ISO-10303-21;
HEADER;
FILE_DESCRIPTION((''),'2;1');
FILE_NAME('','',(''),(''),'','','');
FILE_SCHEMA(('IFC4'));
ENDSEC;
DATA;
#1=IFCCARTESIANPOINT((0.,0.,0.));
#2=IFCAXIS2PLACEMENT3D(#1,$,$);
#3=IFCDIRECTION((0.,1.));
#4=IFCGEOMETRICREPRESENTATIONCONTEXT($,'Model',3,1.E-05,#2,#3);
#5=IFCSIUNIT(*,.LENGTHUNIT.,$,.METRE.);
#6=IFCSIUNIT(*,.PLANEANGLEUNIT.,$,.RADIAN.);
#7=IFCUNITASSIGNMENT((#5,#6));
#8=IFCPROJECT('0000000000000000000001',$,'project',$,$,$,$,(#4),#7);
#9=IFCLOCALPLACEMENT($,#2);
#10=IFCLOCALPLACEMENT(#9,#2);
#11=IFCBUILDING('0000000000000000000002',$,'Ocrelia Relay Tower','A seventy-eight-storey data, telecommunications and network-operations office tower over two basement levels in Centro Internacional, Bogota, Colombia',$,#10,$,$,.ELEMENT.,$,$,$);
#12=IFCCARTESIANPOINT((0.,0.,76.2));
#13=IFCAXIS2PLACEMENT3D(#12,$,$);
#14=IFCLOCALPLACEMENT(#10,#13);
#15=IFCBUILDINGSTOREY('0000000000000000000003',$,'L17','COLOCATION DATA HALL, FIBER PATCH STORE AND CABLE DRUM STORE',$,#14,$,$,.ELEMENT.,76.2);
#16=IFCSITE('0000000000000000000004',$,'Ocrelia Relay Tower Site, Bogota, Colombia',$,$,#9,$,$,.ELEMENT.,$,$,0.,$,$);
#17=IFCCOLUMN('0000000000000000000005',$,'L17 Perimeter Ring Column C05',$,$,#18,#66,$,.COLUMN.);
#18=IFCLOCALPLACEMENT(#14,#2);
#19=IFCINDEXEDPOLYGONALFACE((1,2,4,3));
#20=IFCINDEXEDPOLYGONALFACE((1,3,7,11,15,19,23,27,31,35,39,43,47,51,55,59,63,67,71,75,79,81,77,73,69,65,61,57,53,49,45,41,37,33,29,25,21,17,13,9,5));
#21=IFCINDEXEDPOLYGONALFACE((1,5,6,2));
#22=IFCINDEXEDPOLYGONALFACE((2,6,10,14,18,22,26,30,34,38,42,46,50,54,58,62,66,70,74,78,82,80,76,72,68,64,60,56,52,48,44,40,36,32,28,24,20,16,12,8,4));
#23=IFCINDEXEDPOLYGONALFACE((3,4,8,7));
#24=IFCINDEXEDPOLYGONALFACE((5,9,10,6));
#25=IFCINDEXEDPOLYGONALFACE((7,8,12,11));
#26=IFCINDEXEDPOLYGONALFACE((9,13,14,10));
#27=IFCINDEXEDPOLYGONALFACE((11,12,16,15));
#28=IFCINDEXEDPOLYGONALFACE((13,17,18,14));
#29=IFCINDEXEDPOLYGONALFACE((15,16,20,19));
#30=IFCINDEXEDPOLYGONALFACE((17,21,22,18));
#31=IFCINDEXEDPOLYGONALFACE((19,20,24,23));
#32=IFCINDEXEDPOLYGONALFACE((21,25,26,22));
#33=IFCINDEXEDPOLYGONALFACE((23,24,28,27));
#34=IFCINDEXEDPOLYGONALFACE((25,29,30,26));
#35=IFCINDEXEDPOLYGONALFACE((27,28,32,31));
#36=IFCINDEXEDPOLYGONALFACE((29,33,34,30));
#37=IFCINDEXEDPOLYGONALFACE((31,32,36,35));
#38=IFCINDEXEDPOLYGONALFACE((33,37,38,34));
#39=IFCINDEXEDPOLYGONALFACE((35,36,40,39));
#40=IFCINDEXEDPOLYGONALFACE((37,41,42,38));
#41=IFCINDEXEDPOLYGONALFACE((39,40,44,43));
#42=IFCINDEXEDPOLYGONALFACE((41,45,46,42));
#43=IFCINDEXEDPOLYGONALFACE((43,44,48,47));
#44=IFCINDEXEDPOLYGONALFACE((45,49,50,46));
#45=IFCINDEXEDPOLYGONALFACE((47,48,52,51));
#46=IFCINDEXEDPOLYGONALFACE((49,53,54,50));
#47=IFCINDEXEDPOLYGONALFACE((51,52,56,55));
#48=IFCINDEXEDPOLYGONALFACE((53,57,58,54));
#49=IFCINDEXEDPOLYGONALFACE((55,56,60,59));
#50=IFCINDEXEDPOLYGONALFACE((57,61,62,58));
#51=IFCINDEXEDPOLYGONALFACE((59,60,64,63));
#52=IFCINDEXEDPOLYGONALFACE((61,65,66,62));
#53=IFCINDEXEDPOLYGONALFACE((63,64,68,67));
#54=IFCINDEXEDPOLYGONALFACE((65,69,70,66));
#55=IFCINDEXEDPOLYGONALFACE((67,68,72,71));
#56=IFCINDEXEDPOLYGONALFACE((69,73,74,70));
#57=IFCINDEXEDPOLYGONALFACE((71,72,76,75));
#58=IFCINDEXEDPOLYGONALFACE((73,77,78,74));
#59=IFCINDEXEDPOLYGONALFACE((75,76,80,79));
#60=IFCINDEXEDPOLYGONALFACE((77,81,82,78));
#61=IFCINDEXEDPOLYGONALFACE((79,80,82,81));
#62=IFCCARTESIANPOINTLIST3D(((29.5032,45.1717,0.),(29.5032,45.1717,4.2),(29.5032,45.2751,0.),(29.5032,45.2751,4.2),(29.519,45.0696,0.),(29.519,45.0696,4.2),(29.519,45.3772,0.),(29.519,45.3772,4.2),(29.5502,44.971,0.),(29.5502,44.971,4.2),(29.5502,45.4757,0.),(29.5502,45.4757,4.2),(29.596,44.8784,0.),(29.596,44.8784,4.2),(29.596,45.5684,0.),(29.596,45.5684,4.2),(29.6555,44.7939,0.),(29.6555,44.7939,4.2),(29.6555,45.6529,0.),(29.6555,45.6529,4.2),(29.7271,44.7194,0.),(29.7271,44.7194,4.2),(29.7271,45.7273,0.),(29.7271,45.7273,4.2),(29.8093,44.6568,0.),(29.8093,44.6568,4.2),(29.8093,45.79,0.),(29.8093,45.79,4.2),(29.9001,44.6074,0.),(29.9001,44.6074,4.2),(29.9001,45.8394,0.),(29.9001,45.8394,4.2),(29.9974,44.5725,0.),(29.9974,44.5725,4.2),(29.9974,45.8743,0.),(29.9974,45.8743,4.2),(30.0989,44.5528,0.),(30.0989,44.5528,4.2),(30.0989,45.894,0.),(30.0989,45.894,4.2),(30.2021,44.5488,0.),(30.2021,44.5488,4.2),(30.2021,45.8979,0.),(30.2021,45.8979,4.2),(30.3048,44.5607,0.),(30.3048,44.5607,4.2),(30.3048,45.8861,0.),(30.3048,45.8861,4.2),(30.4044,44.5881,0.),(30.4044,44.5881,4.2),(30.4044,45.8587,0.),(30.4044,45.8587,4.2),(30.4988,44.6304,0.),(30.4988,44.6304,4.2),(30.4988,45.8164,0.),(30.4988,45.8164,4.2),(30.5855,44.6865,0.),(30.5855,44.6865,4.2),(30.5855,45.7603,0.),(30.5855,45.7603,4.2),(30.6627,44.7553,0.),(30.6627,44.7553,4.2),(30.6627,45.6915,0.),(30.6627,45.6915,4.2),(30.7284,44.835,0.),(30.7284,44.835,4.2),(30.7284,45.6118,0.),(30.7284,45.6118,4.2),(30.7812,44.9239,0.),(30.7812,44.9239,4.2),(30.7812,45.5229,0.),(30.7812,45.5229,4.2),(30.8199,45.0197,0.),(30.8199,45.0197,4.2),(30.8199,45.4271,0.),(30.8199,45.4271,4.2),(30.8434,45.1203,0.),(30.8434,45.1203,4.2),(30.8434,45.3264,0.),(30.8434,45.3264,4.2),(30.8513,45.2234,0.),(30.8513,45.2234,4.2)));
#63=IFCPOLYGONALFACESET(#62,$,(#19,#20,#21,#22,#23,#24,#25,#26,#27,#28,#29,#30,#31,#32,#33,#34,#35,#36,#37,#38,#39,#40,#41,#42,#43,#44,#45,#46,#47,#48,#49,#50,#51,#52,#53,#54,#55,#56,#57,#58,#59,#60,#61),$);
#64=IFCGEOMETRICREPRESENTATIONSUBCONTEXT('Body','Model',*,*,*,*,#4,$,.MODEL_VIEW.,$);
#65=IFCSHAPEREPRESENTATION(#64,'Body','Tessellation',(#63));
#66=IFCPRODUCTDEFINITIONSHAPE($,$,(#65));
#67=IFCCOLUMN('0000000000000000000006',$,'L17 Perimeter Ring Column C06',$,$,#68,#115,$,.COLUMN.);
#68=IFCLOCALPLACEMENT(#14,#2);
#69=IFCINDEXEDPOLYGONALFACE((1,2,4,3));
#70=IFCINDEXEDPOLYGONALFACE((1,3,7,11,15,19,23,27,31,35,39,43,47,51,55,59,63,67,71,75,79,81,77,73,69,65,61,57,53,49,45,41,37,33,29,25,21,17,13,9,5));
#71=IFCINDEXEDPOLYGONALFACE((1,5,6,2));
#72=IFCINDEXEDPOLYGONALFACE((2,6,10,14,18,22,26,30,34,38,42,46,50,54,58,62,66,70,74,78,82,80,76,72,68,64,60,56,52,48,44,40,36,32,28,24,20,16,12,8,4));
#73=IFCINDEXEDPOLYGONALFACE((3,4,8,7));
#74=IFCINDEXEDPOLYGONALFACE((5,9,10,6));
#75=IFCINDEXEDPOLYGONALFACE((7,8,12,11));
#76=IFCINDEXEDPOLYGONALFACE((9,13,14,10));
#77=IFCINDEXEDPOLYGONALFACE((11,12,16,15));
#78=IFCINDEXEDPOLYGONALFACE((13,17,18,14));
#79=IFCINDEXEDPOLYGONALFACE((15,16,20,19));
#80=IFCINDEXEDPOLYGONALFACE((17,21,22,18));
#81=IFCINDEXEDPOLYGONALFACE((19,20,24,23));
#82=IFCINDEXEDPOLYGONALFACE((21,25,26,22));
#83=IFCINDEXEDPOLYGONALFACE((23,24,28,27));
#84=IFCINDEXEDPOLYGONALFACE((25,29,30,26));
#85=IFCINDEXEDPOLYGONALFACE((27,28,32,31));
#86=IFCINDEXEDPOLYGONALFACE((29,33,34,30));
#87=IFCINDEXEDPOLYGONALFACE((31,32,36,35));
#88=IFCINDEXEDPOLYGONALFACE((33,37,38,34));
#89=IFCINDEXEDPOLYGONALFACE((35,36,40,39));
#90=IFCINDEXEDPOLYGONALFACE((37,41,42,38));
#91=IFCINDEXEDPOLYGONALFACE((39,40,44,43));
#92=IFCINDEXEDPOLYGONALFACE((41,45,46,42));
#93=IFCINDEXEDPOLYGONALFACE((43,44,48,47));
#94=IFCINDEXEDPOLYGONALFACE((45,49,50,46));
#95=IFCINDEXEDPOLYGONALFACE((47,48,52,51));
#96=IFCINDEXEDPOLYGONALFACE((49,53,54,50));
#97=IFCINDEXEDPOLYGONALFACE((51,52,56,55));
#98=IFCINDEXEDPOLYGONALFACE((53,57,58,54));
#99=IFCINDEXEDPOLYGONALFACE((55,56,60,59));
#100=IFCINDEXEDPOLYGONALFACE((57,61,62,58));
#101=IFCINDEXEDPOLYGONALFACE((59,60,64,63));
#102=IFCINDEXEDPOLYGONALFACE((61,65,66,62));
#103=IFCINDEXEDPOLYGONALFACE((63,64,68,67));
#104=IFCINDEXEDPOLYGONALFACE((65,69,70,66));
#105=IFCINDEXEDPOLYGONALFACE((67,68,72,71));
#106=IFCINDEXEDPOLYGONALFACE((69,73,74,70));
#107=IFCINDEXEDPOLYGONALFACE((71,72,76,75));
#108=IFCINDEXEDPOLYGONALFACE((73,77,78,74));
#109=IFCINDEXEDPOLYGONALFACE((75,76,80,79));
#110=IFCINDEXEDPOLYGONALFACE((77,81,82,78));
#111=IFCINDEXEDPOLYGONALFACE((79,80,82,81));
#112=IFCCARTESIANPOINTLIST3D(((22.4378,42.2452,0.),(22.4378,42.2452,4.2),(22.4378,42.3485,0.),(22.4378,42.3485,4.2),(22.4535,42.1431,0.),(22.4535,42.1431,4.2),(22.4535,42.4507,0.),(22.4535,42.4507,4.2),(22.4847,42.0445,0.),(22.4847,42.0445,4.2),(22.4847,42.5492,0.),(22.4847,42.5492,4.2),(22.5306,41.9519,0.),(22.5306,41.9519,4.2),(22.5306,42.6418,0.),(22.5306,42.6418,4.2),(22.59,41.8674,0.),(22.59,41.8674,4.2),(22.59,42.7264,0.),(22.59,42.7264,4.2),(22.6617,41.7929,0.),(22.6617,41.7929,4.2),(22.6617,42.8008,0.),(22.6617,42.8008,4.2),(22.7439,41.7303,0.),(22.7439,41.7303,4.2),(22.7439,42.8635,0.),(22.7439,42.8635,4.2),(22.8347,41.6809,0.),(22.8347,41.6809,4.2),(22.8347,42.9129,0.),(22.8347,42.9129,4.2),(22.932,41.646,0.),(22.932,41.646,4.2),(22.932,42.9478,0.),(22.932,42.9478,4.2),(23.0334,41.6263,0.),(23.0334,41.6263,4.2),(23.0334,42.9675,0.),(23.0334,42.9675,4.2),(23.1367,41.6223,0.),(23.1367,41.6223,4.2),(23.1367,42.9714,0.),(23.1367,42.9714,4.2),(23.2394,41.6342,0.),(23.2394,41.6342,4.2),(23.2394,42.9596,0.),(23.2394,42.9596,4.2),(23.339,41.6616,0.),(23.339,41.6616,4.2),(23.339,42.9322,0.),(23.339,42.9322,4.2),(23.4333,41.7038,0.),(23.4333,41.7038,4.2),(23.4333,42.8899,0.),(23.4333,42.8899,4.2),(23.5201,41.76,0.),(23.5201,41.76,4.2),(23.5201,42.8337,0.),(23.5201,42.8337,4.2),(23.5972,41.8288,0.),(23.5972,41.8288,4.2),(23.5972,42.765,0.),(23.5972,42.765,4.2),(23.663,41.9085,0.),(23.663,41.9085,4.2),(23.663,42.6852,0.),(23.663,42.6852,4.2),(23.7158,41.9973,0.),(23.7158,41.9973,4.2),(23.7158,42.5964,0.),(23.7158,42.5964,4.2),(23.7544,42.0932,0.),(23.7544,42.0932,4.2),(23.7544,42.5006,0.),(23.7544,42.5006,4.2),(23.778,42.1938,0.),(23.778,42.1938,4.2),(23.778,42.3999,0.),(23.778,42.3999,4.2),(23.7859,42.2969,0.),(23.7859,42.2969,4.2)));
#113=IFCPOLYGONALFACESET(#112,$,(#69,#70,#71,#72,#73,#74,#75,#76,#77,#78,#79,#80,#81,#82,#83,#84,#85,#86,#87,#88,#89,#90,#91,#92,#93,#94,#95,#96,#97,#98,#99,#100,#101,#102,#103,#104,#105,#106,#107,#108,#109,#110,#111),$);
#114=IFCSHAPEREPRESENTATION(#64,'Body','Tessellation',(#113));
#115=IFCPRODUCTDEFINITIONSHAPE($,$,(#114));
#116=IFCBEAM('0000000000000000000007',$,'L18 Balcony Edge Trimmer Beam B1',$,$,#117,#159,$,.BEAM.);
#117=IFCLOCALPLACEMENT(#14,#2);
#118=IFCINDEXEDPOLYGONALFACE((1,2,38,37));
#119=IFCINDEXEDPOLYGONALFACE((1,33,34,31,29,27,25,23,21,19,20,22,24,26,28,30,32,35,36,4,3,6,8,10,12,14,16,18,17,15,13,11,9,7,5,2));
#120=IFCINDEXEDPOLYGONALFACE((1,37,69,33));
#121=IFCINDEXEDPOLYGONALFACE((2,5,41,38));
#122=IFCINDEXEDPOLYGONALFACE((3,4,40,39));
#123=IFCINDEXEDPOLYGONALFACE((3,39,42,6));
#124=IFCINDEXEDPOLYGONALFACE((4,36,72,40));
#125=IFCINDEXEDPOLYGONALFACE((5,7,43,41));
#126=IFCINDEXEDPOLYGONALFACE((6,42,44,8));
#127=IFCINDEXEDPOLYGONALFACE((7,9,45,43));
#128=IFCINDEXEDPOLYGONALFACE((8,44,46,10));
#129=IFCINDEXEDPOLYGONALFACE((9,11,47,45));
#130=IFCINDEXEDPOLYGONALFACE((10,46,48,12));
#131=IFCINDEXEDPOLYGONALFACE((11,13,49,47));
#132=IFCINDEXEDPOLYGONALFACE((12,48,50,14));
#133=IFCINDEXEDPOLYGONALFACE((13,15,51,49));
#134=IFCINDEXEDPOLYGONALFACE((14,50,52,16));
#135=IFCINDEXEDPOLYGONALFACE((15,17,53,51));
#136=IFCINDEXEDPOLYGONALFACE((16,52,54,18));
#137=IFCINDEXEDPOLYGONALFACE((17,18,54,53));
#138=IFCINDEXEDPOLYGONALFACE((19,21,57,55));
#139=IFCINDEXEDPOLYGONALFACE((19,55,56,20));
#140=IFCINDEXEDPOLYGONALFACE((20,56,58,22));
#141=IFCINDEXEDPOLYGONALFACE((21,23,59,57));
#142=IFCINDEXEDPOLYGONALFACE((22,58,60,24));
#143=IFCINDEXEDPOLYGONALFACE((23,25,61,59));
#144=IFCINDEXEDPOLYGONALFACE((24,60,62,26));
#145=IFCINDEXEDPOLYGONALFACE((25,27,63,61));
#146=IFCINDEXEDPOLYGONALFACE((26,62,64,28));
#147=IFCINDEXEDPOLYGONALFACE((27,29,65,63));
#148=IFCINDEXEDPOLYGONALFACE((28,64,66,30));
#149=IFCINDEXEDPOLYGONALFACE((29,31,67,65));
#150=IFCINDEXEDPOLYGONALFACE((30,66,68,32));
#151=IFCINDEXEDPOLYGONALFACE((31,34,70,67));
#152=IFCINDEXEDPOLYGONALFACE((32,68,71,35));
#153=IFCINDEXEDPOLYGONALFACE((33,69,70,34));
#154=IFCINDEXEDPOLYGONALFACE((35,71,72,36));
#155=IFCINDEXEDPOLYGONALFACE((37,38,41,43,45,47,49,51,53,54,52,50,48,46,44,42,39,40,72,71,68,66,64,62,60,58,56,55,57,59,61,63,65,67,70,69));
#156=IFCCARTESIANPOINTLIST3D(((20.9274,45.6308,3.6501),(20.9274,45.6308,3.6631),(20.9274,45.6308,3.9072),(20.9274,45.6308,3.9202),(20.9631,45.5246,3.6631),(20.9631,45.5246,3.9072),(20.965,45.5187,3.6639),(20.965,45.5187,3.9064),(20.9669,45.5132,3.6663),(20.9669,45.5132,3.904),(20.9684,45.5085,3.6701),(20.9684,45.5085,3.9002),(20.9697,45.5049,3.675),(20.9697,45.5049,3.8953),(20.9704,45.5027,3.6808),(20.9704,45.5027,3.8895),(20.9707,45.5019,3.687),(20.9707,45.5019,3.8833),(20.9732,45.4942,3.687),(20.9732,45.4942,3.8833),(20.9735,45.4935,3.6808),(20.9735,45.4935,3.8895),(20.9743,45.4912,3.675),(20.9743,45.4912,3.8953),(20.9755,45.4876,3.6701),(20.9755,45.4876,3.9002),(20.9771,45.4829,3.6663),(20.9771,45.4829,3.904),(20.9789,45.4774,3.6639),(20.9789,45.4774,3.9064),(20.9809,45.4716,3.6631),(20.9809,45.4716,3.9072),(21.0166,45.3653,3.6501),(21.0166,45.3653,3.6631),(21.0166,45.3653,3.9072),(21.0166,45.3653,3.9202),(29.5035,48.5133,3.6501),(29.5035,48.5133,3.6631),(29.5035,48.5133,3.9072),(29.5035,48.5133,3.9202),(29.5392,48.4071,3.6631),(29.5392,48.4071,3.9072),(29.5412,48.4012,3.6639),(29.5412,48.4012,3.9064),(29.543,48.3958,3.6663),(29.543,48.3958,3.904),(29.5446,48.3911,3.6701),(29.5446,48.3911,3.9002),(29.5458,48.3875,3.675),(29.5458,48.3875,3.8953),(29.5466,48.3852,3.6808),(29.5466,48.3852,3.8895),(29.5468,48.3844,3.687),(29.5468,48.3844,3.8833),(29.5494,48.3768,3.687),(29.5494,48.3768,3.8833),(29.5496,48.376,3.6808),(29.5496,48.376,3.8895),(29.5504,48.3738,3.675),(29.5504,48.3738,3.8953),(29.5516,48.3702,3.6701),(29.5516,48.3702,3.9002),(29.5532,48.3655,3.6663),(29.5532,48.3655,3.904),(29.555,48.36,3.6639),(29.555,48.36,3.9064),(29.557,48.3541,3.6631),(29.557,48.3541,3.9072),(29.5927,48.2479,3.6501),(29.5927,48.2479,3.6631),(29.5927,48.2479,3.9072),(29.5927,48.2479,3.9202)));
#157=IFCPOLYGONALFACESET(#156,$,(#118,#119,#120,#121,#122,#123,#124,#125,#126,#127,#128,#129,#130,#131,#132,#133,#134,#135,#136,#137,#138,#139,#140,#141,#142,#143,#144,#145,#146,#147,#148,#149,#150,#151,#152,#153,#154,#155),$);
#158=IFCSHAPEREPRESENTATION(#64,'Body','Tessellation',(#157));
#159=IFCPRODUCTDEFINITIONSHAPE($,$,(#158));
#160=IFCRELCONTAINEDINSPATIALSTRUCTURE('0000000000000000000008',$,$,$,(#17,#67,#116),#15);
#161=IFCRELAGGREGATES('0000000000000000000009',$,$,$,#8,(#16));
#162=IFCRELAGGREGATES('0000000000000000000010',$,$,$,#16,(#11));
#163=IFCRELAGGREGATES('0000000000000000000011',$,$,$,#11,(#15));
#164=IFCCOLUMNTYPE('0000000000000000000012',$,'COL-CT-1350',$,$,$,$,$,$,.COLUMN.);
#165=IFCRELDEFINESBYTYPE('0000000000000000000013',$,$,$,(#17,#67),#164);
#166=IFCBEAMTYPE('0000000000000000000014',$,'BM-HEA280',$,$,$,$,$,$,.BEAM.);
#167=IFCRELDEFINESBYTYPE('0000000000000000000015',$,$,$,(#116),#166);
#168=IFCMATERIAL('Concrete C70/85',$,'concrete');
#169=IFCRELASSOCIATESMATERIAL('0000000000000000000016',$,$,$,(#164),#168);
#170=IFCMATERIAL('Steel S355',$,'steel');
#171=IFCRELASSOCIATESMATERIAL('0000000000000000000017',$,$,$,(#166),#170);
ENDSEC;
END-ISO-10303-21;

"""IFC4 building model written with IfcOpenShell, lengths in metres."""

from ifc_helpers import new_model, si_unit, direction, frame, origin, origin_2d, place, context, subcontext, project, spatial, circle, i_section, extrude, material, material_profile, profile_set, type_object, element, save


model = new_model("IFC4")

# Units and contexts
model_context = context("Model", 3, precision=1e-05, world=origin(), true_north=direction((0.0, 1.0)))
body_context = subcontext(model_context, "Body", "Model", "MODEL_VIEW")
ifc_project = project(units=[si_unit("LENGTHUNIT", "METRE"), si_unit("PLANEANGLEUNIT", "RADIAN")], contexts=[model_context])

# Site, building, storey
site_placement = place(None, origin())
site = spatial("IfcSite", under=ifc_project, at=site_placement, Name="Ocrelia Relay Tower Site, Bogota, Colombia", CompositionType="ELEMENT", RefElevation=0.0)
building_placement = place(site_placement, origin())
building = spatial("IfcBuilding", under=site, at=building_placement, Name="Ocrelia Relay Tower", Description="A seventy-eight-storey data, telecommunications and network-operations office tower over two basement levels in Centro Internacional, Bogota, Colombia", CompositionType="ELEMENT")
storey_placement = place(building_placement, frame((0.0, 0.0, 76.2)))
storey = spatial("IfcBuildingStorey", under=building, at=storey_placement, Name="L17", Description="COLOCATION DATA HALL, FIBER PATCH STORE AND CABLE DRUM STORE", CompositionType="ELEMENT", Elevation=76.2)

# Columns
ifc_material_1 = material(Name="Concrete C70/85", Category="concrete")
ifc_material_profile_1 = material_profile(ifc_material_1, circle(Radius=0.675, at=origin_2d()), Name="RC-CIR-1350")
ifc_profile_set_1 = profile_set([ifc_material_profile_1], Name="Concrete C70/85")
column_type = type_object("IfcColumnType", Name="COL-CT-1350", PredefinedType="COLUMN", material=ifc_profile_set_1)
for number, where, z_axis, x_axis, name in (
    (1, (30.1763, 45.2234, 0.0), (0.0, 0.0, 1.0), (1.0, 0.0, 0.0), "L17 Perimeter Ring Column C05"),
    (2, (23.1108, 42.2969, 0.0), (0.0, 0.0, 1.0), (1.0, 0.0, 0.0), "L17 Perimeter Ring Column C06"),
):
    element("IfcColumn", number, at=place(storey_placement, frame(where, z_axis=z_axis, x_axis=x_axis)), inside=storey, type_object=column_type, Name=name, PredefinedType="COLUMN", context=body_context, shape_type="SweptSolid", body=[
        extrude(circle(Radius=0.675, at=origin_2d()), origin(), (0.0, 0.0, 1.0), 4.2),
    ])

# Beam
ifc_material_2 = material(Name="Steel S355", Category="steel")
ifc_material_profile_2 = material_profile(ifc_material_2, i_section(OverallWidth=0.28, OverallDepth=0.27, WebThickness=0.0081, FlangeThickness=0.0129, FilletRadius=0.0239, at=origin_2d()), Name="HEA 280")
ifc_profile_set_2 = profile_set([ifc_material_profile_2], Name="Steel S355")
beam_type_1 = type_object("IfcBeamType", Name="BM-HEA280", PredefinedType="BEAM", material=ifc_profile_set_2)
beam_1_placement = place(storey_placement, frame((29.5481, 48.3806, 3.7852), z_axis=(-0.94789, -0.318599, 0.0), x_axis=(0.318599, -0.94789, 0.0)))
element("IfcBeam", 3, at=beam_1_placement, inside=storey, type_object=beam_type_1, Name="L18 Balcony Edge Trimmer Beam B1", PredefinedType="BEAM", context=body_context, shape_type="SweptSolid", body=[
    extrude(i_section(OverallWidth=0.28, OverallDepth=0.27, WebThickness=0.0081, FlangeThickness=0.0129, FilletRadius=0.0239, at=origin_2d()), origin(), (0.0, 0.0, 1.0), 9.0476),
])

save(model, "model.ifc")
